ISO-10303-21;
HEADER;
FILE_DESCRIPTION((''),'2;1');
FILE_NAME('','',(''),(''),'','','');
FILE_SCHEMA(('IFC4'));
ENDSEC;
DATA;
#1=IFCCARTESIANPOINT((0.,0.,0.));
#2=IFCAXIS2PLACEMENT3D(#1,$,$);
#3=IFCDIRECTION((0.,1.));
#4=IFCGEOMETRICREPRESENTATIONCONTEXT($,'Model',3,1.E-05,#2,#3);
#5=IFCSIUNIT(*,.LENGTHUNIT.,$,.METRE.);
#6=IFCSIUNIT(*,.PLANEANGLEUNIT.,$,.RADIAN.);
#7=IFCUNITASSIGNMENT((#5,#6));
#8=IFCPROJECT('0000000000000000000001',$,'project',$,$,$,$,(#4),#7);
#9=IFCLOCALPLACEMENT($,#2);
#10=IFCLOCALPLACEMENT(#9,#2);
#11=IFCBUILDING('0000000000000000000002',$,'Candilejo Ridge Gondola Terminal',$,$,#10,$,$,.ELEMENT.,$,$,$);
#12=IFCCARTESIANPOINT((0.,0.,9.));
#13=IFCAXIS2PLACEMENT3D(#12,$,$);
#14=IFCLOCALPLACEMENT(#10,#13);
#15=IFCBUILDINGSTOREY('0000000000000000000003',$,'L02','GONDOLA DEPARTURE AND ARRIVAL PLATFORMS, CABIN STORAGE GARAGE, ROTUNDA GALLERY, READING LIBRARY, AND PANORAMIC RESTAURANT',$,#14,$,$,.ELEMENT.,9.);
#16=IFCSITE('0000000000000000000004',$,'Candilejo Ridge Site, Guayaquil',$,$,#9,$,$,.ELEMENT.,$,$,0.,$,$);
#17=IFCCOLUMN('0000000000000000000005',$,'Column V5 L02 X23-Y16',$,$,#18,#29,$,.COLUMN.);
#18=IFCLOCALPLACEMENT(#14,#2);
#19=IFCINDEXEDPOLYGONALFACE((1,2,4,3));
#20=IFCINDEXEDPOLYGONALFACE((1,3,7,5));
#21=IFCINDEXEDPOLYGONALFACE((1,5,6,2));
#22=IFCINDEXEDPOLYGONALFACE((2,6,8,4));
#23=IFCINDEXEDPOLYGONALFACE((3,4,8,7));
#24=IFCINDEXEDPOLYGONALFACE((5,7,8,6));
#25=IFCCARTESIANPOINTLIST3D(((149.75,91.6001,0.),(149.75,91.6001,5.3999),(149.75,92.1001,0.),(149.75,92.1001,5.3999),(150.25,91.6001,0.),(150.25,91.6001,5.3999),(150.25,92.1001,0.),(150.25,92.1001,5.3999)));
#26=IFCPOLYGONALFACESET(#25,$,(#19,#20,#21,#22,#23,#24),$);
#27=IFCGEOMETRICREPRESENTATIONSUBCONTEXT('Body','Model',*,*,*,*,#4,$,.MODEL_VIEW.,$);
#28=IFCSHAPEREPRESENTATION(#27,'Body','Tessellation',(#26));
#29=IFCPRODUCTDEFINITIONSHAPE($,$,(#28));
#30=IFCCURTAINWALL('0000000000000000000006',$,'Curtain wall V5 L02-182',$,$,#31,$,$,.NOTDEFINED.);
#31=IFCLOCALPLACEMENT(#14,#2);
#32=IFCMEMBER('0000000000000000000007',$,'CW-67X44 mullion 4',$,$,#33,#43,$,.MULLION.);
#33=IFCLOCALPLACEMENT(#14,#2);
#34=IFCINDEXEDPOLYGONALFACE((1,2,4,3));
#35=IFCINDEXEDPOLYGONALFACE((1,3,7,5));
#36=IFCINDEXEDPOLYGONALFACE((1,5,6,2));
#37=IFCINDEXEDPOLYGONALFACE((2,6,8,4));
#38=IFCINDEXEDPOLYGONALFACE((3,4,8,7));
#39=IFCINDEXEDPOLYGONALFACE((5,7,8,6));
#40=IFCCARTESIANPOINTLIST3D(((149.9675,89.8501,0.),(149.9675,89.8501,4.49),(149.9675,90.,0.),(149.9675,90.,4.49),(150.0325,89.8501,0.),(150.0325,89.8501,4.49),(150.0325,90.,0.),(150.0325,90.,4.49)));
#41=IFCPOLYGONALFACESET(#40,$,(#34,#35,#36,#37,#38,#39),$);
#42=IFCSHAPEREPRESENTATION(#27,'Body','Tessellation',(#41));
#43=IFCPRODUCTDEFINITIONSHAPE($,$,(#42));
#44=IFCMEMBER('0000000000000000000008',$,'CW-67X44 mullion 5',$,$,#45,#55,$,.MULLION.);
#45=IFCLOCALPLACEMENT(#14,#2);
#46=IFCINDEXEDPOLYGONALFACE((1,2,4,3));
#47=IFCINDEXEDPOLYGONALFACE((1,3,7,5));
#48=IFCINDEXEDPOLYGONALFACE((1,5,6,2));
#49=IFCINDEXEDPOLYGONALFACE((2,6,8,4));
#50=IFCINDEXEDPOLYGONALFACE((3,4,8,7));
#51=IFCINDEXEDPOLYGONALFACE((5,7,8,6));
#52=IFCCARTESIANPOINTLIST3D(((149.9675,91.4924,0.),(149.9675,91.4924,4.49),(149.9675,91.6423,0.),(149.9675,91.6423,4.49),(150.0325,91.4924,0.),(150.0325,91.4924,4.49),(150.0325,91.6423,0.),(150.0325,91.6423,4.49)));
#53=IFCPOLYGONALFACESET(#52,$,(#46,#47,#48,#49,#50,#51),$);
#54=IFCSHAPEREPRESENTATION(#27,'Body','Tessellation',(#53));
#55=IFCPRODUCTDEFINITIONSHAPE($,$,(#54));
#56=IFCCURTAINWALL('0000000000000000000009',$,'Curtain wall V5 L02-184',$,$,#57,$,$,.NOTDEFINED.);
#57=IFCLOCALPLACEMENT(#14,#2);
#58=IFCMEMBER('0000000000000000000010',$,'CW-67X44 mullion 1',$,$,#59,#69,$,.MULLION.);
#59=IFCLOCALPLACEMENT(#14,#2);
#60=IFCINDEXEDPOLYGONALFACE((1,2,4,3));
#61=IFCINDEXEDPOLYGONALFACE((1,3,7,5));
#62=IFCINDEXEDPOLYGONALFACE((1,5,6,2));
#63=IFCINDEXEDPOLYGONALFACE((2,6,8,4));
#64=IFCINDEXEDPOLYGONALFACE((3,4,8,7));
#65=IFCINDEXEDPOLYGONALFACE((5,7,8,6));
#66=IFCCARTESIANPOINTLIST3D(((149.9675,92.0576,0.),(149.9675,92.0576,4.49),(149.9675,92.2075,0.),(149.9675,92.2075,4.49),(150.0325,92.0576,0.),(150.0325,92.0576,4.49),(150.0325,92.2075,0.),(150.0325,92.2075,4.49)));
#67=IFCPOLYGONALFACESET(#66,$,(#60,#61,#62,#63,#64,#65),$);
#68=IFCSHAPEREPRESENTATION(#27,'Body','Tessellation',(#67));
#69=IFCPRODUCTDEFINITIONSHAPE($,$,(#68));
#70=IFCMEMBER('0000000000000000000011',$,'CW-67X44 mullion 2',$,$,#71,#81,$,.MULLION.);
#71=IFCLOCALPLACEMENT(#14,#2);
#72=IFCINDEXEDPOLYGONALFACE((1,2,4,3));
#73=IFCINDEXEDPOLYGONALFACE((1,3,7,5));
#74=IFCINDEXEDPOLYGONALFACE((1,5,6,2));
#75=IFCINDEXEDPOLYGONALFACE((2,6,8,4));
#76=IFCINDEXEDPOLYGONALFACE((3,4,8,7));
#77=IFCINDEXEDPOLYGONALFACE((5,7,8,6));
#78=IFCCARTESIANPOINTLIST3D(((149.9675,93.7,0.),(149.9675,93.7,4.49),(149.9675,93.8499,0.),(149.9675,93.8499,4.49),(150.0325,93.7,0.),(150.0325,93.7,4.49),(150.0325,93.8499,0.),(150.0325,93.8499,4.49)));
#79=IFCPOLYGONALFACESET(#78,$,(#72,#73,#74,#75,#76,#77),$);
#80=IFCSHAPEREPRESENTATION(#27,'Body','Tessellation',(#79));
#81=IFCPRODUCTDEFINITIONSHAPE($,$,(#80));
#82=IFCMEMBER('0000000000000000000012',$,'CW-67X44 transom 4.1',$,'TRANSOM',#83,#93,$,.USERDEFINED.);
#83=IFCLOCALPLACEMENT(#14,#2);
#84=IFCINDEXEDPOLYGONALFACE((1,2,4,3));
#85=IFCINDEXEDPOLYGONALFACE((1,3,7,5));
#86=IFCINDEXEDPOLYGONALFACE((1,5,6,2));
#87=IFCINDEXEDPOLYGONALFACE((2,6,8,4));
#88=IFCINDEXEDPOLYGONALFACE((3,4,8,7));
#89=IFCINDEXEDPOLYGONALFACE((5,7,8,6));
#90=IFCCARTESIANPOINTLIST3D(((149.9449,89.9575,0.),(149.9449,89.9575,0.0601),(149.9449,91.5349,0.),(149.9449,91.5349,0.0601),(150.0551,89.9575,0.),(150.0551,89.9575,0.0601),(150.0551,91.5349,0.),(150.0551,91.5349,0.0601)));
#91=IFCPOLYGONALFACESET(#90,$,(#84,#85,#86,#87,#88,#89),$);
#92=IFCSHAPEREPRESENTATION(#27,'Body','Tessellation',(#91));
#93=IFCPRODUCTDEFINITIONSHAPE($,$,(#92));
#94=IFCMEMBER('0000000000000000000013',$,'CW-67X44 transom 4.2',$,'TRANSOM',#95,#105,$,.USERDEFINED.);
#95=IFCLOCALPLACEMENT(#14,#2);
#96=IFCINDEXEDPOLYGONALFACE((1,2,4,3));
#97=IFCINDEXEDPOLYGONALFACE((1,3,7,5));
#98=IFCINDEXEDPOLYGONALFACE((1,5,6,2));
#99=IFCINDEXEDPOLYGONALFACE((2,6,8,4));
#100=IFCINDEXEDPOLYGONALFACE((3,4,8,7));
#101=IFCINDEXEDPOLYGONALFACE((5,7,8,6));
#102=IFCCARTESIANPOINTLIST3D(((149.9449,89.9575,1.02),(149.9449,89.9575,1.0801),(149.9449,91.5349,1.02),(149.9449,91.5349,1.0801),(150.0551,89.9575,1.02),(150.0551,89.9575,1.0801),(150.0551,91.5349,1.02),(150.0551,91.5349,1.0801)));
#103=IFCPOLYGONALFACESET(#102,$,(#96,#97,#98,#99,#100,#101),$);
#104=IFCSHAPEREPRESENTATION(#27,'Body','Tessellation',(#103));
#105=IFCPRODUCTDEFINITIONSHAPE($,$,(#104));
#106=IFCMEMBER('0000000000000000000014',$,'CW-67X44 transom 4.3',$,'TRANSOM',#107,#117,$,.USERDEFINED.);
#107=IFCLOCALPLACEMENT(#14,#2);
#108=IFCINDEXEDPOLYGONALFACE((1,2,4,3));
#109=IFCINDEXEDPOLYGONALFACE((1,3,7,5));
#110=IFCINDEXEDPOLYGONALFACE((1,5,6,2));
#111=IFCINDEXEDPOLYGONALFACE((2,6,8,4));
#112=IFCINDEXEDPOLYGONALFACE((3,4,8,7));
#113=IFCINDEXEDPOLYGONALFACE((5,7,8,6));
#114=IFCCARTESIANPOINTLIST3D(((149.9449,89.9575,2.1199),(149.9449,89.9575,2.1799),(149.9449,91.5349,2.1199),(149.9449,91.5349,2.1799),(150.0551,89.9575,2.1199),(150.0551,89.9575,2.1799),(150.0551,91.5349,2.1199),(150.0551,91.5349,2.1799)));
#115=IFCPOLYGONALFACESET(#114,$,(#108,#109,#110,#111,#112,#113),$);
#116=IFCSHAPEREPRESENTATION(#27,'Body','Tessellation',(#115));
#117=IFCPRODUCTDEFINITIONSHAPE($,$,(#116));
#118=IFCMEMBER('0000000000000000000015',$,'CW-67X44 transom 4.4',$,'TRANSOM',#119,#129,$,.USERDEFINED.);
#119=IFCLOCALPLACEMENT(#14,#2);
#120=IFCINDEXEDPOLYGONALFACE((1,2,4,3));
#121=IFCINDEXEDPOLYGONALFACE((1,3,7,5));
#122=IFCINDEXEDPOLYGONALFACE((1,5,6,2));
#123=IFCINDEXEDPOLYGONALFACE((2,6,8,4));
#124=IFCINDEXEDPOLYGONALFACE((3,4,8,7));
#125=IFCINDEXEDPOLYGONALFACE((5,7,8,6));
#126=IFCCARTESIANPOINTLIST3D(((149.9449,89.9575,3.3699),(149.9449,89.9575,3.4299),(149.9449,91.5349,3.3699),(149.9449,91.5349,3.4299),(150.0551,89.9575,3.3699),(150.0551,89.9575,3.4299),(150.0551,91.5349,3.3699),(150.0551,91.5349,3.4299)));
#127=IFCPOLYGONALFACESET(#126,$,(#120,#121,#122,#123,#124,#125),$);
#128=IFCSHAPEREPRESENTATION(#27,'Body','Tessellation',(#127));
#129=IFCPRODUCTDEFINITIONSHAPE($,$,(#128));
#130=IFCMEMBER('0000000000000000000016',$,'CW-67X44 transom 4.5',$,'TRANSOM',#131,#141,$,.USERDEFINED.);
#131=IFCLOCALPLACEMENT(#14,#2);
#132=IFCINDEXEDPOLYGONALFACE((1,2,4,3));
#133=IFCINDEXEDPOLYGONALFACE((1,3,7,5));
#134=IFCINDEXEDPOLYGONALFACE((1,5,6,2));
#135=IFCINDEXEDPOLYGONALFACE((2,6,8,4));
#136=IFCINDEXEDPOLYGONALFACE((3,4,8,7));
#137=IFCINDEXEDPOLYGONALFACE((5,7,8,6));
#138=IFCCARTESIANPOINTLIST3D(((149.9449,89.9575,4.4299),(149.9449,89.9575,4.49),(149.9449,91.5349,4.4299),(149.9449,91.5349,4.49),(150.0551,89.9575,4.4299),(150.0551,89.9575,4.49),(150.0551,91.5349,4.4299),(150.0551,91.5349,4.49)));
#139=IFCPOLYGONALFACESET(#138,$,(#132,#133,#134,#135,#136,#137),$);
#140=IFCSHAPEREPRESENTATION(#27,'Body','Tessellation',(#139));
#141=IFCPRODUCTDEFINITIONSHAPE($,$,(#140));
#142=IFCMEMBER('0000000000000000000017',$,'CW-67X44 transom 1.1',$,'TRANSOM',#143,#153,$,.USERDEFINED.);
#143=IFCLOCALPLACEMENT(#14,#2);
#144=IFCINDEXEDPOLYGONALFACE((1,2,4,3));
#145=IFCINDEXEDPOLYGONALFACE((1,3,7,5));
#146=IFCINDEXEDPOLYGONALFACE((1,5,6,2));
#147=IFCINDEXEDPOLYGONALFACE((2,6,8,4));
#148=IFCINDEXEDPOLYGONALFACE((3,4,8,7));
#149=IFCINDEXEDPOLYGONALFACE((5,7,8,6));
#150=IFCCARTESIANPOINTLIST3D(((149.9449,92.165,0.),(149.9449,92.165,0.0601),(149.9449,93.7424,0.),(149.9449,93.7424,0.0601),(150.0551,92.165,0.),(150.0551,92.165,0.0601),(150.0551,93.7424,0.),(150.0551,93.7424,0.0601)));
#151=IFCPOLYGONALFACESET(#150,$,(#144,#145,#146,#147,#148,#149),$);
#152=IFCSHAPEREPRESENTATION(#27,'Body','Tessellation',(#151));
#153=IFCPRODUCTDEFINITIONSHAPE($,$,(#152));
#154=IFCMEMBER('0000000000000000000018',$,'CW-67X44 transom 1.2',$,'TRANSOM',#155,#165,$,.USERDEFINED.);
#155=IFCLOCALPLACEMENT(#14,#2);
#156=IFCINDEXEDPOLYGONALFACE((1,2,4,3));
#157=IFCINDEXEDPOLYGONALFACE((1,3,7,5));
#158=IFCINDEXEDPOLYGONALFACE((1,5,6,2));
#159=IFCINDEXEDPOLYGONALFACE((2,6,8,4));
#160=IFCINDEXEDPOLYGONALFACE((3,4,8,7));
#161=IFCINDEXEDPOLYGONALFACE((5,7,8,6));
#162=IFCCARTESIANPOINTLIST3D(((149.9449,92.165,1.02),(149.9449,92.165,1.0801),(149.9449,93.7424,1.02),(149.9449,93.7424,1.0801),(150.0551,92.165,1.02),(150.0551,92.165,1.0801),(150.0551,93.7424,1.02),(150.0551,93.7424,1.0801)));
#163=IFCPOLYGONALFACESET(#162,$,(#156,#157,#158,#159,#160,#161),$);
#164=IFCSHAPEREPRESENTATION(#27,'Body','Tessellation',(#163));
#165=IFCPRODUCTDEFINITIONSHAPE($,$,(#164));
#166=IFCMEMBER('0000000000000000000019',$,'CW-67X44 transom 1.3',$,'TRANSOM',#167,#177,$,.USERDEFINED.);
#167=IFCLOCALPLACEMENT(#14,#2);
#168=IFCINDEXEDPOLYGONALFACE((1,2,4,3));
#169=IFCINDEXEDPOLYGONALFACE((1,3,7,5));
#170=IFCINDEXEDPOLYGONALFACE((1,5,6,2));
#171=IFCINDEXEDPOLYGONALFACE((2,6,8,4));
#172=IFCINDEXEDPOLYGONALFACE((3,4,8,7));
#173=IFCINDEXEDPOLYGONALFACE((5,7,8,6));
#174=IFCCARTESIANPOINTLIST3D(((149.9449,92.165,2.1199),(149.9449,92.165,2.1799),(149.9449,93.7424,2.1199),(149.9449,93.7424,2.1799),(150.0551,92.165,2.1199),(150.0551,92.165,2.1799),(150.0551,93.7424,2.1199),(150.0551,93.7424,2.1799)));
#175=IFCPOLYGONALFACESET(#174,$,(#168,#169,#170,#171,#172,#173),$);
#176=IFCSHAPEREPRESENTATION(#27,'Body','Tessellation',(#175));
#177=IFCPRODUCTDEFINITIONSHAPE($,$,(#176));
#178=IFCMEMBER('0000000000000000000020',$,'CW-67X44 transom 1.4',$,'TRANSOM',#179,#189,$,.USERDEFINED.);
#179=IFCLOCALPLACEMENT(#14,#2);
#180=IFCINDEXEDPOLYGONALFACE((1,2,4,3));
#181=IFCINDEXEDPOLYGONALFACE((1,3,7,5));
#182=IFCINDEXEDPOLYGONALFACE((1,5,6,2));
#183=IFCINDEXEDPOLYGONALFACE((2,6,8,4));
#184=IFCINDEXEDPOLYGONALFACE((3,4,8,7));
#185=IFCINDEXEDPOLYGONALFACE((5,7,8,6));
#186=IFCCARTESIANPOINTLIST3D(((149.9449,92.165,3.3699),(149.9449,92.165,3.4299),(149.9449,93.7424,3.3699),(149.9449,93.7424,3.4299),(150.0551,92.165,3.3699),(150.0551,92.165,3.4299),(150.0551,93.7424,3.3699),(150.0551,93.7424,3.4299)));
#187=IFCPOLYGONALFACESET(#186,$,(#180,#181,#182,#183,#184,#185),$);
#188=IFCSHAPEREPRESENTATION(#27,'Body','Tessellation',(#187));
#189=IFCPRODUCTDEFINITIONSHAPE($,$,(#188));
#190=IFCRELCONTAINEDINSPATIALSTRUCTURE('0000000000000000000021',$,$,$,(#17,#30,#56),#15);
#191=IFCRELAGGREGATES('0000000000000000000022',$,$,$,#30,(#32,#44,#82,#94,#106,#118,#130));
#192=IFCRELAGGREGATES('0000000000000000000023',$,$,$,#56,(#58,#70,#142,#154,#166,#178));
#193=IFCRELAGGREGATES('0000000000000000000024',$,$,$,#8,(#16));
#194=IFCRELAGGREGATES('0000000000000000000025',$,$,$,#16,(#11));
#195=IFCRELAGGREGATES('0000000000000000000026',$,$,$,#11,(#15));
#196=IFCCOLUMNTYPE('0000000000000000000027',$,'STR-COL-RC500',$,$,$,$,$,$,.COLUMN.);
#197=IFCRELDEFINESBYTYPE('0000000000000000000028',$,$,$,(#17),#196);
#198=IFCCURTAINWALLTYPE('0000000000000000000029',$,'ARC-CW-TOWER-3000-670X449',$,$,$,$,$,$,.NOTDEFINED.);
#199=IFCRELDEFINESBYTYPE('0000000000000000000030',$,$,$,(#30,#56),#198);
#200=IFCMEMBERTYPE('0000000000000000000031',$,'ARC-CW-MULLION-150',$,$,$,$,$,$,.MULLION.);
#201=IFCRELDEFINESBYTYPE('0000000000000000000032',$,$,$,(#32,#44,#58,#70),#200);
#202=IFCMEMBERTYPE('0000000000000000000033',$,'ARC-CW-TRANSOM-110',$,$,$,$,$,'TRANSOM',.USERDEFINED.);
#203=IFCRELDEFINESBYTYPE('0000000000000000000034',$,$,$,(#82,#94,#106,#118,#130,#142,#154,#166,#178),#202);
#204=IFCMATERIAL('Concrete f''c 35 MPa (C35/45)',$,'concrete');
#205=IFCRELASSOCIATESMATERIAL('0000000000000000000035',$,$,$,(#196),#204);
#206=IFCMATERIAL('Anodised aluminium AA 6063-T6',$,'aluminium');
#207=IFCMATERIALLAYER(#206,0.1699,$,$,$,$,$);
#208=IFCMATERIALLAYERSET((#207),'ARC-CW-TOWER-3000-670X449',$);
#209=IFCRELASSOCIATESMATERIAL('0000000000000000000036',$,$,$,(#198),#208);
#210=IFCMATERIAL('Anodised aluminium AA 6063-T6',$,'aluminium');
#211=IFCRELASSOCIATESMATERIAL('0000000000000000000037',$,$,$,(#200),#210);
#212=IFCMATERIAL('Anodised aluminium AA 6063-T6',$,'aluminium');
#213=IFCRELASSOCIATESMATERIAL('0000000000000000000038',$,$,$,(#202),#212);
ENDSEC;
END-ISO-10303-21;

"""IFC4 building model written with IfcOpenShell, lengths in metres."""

from ifc_helpers import new_model, si_unit, direction, frame, origin, origin_2d, place, context, subcontext, project, spatial, rectangle, extrude, material, layer, layer_set, material_profile, profile_set, type_object, element, aggregate, save


model = new_model("IFC4")

# Units and contexts
model_context = context("Model", 3, precision=1e-05, world=origin(), true_north=direction((0.0, 1.0)))
body_context = subcontext(model_context, "Body", "Model", "MODEL_VIEW")
ifc_project = project(units=[si_unit("LENGTHUNIT", "METRE"), si_unit("PLANEANGLEUNIT", "RADIAN")], contexts=[model_context])

# Site, building, storey
site_placement = place(None, origin())
site = spatial("IfcSite", under=ifc_project, at=site_placement, Name="Candilejo Ridge Site, Guayaquil", CompositionType="ELEMENT", RefElevation=0.0)
building_placement = place(site_placement, origin())
building = spatial("IfcBuilding", under=site, at=building_placement, Name="Candilejo Ridge Gondola Terminal", CompositionType="ELEMENT")
storey_placement = place(building_placement, frame((0.0, 0.0, 9.0)))
storey = spatial("IfcBuildingStorey", under=building, at=storey_placement, Name="L02", Description="GONDOLA DEPARTURE AND ARRIVAL PLATFORMS, CABIN STORAGE GARAGE, ROTUNDA GALLERY, READING LIBRARY, AND PANORAMIC RESTAURANT", CompositionType="ELEMENT", Elevation=9.0)

# Column
ifc_material_1 = material(Name="Concrete f'c 35 MPa (C35/45)", Category="concrete")
ifc_material_profile_1 = material_profile(ifc_material_1, rectangle(XDim=0.5, YDim=0.5, at=origin_2d()))
ifc_profile_set_1 = profile_set([ifc_material_profile_1], Name="Concrete f'c 35 MPa (C35/45)")
column_type = type_object("IfcColumnType", Name="STR-COL-RC500", PredefinedType="COLUMN", material=ifc_profile_set_1)
column_placement = place(storey_placement, frame((150.0, 91.8501, 0.0), z_axis=(0.0, 0.0, 1.0), x_axis=(1.0, 0.0, 0.0)))
element("IfcColumn", 1, at=column_placement, inside=storey, type_object=column_type, Name="Column V5 L02 X23-Y16", PredefinedType="COLUMN", context=body_context, shape_type="SweptSolid", body=[
    extrude(rectangle(XDim=0.5, YDim=0.5, at=origin_2d()), origin(), (0.0, 0.0, 1.0), 5.3999),
])

# Curtain walls, members
ifc_material_2 = material(Name="Anodised aluminium AA 6063-T6", Category="aluminium")
ifc_layer_1 = layer(ifc_material_2, 0.1699)
ifc_layer_set_1 = layer_set([ifc_layer_1], Name="ARC-CW-TOWER-3000-670X449")
curtain_wall_type = type_object("IfcCurtainWallType", Name="ARC-CW-TOWER-3000-670X449", PredefinedType="NOTDEFINED", material=ifc_layer_set_1)
curtain_wall_1_placement = place(storey_placement, origin())
curtain_wall_1 = element("IfcCurtainWall", 2, at=curtain_wall_1_placement, inside=storey, type_object=curtain_wall_type, Name="Curtain wall V5 L02-182", PredefinedType="NOTDEFINED")
ifc_material_3 = material(Name="Anodised aluminium AA 6063-T6", Category="aluminium")
ifc_material_profile_2 = material_profile(ifc_material_3, rectangle(XDim=0.0649, YDim=0.1499, at=origin_2d()))
ifc_profile_set_2 = profile_set([ifc_material_profile_2], Name="Anodised aluminium AA 6063-T6")
member_type_1 = type_object("IfcMemberType", Name="ARC-CW-MULLION-150", PredefinedType="MULLION", material=ifc_profile_set_2)
member_1_placement = place(storey_placement, frame((150.0, 89.925, 0.0), z_axis=(0.0, 0.0, 1.0), x_axis=(-1.0, 0.0, 0.0)))
member_1 = element("IfcMember", 3, at=member_1_placement, type_object=member_type_1, Name="CW-67X44 mullion 4", PredefinedType="MULLION", context=body_context, shape_type="SweptSolid", body=[
    extrude(rectangle(XDim=0.0649, YDim=0.1499, at=origin_2d()), origin(), (0.0, 0.0, 1.0), 4.49),
])
member_2_placement = place(storey_placement, frame((150.0, 91.5674, 0.0), z_axis=(0.0, 0.0, 1.0), x_axis=(-1.0, 0.0, 0.0)))
member_2 = element("IfcMember", 4, at=member_2_placement, type_object=member_type_1, Name="CW-67X44 mullion 5", PredefinedType="MULLION", context=body_context, shape_type="SweptSolid", body=[
    extrude(rectangle(XDim=0.0649, YDim=0.1499, at=origin_2d()), origin(), (0.0, 0.0, 1.0), 4.49),
])
curtain_wall_2_placement = place(storey_placement, origin())
curtain_wall_2 = element("IfcCurtainWall", 5, at=curtain_wall_2_placement, inside=storey, type_object=curtain_wall_type, Name="Curtain wall V5 L02-184", PredefinedType="NOTDEFINED")
member_3_placement = place(storey_placement, frame((150.0, 92.1326, 0.0), z_axis=(0.0, 0.0, 1.0), x_axis=(-1.0, 0.0, 0.0)))
member_3 = element("IfcMember", 6, at=member_3_placement, type_object=member_type_1, Name="CW-67X44 mullion 1", PredefinedType="MULLION", context=body_context, shape_type="SweptSolid", body=[
    extrude(rectangle(XDim=0.0649, YDim=0.1499, at=origin_2d()), origin(), (0.0, 0.0, 1.0), 4.49),
])
member_4_placement = place(storey_placement, frame((150.0, 93.7749, 0.0), z_axis=(0.0, 0.0, 1.0), x_axis=(-1.0, 0.0, 0.0)))
member_4 = element("IfcMember", 7, at=member_4_placement, type_object=member_type_1, Name="CW-67X44 mullion 2", PredefinedType="MULLION", context=body_context, shape_type="SweptSolid", body=[
    extrude(rectangle(XDim=0.0649, YDim=0.1499, at=origin_2d()), origin(), (0.0, 0.0, 1.0), 4.49),
])

# Members
ifc_material_4 = material(Name="Anodised aluminium AA 6063-T6", Category="aluminium")
ifc_material_profile_3 = material_profile(ifc_material_4, rectangle(XDim=0.1101, YDim=0.0601, at=origin_2d()))
ifc_profile_set_3 = profile_set([ifc_material_profile_3], Name="Anodised aluminium AA 6063-T6")
member_type_2 = type_object("IfcMemberType", Name="ARC-CW-TRANSOM-110", ElementType="TRANSOM", PredefinedType="USERDEFINED", material=ifc_profile_set_3)
member_5_placement = place(storey_placement, frame((150.0, 89.9575, 0.03), z_axis=(0.0, 1.0, 0.0), x_axis=(-1.0, 0.0, 0.0)))
member_5 = element("IfcMember", 8, at=member_5_placement, type_object=member_type_2, Name="CW-67X44 transom 4.1", ObjectType="TRANSOM", PredefinedType="USERDEFINED", context=body_context, shape_type="SweptSolid", body=[
    extrude(rectangle(XDim=0.1101, YDim=0.0601, at=origin_2d()), origin(), (0.0, 0.0, 1.0), 1.5774),
])
member_6_placement = place(storey_placement, frame((150.0, 89.9575, 1.05), z_axis=(0.0, 1.0, 0.0), x_axis=(-1.0, 0.0, 0.0)))
member_6 = element("IfcMember", 9, at=member_6_placement, type_object=member_type_2, Name="CW-67X44 transom 4.2", ObjectType="TRANSOM", PredefinedType="USERDEFINED", context=body_context, shape_type="SweptSolid", body=[
    extrude(rectangle(XDim=0.1101, YDim=0.0601, at=origin_2d()), origin(), (0.0, 0.0, 1.0), 1.5774),
])
member_7_placement = place(storey_placement, frame((150.0, 89.9575, 2.1499), z_axis=(0.0, 1.0, 0.0), x_axis=(-1.0, 0.0, 0.0)))
member_7 = element("IfcMember", 10, at=member_7_placement, type_object=member_type_2, Name="CW-67X44 transom 4.3", ObjectType="TRANSOM", PredefinedType="USERDEFINED", context=body_context, shape_type="SweptSolid", body=[
    extrude(rectangle(XDim=0.1101, YDim=0.0601, at=origin_2d()), origin(), (0.0, 0.0, 1.0), 1.5774),
])
member_8_placement = place(storey_placement, frame((150.0, 89.9575, 3.3999), z_axis=(0.0, 1.0, 0.0), x_axis=(-1.0, 0.0, 0.0)))
member_8 = element("IfcMember", 11, at=member_8_placement, type_object=member_type_2, Name="CW-67X44 transom 4.4", ObjectType="TRANSOM", PredefinedType="USERDEFINED", context=body_context, shape_type="SweptSolid", body=[
    extrude(rectangle(XDim=0.1101, YDim=0.0601, at=origin_2d()), origin(), (0.0, 0.0, 1.0), 1.5774),
])
member_9_placement = place(storey_placement, frame((150.0, 89.9575, 4.46), z_axis=(0.0, 1.0, 0.0), x_axis=(-1.0, 0.0, 0.0)))
member_9 = element("IfcMember", 12, at=member_9_placement, type_object=member_type_2, Name="CW-67X44 transom 4.5", ObjectType="TRANSOM", PredefinedType="USERDEFINED", context=body_context, shape_type="SweptSolid", body=[
    extrude(rectangle(XDim=0.1101, YDim=0.0601, at=origin_2d()), origin(), (0.0, 0.0, 1.0), 1.5774),
])
member_10_placement = place(storey_placement, frame((150.0, 92.165, 0.03), z_axis=(0.0, 1.0, 0.0), x_axis=(-1.0, 0.0, 0.0)))
member_10 = element("IfcMember", 13, at=member_10_placement, type_object=member_type_2, Name="CW-67X44 transom 1.1", ObjectType="TRANSOM", PredefinedType="USERDEFINED", context=body_context, shape_type="SweptSolid", body=[
    extrude(rectangle(XDim=0.1101, YDim=0.0601, at=origin_2d()), origin(), (0.0, 0.0, 1.0), 1.5774),
])
member_11_placement = place(storey_placement, frame((150.0, 92.165, 1.05), z_axis=(0.0, 1.0, 0.0), x_axis=(-1.0, 0.0, 0.0)))
member_11 = element("IfcMember", 14, at=member_11_placement, type_object=member_type_2, Name="CW-67X44 transom 1.2", ObjectType="TRANSOM", PredefinedType="USERDEFINED", context=body_context, shape_type="SweptSolid", body=[
    extrude(rectangle(XDim=0.1101, YDim=0.0601, at=origin_2d()), origin(), (0.0, 0.0, 1.0), 1.5774),
])
member_12_placement = place(storey_placement, frame((150.0, 92.165, 2.1499), z_axis=(0.0, 1.0, 0.0), x_axis=(-1.0, 0.0, 0.0)))
member_12 = element("IfcMember", 15, at=member_12_placement, type_object=member_type_2, Name="CW-67X44 transom 1.3", ObjectType="TRANSOM", PredefinedType="USERDEFINED", context=body_context, shape_type="SweptSolid", body=[
    extrude(rectangle(XDim=0.1101, YDim=0.0601, at=origin_2d()), origin(), (0.0, 0.0, 1.0), 1.5774),
])
member_13_placement = place(storey_placement, frame((150.0, 92.165, 3.3999), z_axis=(0.0, 1.0, 0.0), x_axis=(-1.0, 0.0, 0.0)))
member_13 = element("IfcMember", 16, at=member_13_placement, type_object=member_type_2, Name="CW-67X44 transom 1.4", ObjectType="TRANSOM", PredefinedType="USERDEFINED", context=body_context, shape_type="SweptSolid", body=[
    extrude(rectangle(XDim=0.1101, YDim=0.0601, at=origin_2d()), origin(), (0.0, 0.0, 1.0), 1.5774),
])

aggregate(curtain_wall_1, [member_1, member_2, member_5, member_6, member_7, member_8, member_9])
aggregate(curtain_wall_2, [member_3, member_4, member_10, member_11, member_12, member_13])

save(model, "model.ifc")
